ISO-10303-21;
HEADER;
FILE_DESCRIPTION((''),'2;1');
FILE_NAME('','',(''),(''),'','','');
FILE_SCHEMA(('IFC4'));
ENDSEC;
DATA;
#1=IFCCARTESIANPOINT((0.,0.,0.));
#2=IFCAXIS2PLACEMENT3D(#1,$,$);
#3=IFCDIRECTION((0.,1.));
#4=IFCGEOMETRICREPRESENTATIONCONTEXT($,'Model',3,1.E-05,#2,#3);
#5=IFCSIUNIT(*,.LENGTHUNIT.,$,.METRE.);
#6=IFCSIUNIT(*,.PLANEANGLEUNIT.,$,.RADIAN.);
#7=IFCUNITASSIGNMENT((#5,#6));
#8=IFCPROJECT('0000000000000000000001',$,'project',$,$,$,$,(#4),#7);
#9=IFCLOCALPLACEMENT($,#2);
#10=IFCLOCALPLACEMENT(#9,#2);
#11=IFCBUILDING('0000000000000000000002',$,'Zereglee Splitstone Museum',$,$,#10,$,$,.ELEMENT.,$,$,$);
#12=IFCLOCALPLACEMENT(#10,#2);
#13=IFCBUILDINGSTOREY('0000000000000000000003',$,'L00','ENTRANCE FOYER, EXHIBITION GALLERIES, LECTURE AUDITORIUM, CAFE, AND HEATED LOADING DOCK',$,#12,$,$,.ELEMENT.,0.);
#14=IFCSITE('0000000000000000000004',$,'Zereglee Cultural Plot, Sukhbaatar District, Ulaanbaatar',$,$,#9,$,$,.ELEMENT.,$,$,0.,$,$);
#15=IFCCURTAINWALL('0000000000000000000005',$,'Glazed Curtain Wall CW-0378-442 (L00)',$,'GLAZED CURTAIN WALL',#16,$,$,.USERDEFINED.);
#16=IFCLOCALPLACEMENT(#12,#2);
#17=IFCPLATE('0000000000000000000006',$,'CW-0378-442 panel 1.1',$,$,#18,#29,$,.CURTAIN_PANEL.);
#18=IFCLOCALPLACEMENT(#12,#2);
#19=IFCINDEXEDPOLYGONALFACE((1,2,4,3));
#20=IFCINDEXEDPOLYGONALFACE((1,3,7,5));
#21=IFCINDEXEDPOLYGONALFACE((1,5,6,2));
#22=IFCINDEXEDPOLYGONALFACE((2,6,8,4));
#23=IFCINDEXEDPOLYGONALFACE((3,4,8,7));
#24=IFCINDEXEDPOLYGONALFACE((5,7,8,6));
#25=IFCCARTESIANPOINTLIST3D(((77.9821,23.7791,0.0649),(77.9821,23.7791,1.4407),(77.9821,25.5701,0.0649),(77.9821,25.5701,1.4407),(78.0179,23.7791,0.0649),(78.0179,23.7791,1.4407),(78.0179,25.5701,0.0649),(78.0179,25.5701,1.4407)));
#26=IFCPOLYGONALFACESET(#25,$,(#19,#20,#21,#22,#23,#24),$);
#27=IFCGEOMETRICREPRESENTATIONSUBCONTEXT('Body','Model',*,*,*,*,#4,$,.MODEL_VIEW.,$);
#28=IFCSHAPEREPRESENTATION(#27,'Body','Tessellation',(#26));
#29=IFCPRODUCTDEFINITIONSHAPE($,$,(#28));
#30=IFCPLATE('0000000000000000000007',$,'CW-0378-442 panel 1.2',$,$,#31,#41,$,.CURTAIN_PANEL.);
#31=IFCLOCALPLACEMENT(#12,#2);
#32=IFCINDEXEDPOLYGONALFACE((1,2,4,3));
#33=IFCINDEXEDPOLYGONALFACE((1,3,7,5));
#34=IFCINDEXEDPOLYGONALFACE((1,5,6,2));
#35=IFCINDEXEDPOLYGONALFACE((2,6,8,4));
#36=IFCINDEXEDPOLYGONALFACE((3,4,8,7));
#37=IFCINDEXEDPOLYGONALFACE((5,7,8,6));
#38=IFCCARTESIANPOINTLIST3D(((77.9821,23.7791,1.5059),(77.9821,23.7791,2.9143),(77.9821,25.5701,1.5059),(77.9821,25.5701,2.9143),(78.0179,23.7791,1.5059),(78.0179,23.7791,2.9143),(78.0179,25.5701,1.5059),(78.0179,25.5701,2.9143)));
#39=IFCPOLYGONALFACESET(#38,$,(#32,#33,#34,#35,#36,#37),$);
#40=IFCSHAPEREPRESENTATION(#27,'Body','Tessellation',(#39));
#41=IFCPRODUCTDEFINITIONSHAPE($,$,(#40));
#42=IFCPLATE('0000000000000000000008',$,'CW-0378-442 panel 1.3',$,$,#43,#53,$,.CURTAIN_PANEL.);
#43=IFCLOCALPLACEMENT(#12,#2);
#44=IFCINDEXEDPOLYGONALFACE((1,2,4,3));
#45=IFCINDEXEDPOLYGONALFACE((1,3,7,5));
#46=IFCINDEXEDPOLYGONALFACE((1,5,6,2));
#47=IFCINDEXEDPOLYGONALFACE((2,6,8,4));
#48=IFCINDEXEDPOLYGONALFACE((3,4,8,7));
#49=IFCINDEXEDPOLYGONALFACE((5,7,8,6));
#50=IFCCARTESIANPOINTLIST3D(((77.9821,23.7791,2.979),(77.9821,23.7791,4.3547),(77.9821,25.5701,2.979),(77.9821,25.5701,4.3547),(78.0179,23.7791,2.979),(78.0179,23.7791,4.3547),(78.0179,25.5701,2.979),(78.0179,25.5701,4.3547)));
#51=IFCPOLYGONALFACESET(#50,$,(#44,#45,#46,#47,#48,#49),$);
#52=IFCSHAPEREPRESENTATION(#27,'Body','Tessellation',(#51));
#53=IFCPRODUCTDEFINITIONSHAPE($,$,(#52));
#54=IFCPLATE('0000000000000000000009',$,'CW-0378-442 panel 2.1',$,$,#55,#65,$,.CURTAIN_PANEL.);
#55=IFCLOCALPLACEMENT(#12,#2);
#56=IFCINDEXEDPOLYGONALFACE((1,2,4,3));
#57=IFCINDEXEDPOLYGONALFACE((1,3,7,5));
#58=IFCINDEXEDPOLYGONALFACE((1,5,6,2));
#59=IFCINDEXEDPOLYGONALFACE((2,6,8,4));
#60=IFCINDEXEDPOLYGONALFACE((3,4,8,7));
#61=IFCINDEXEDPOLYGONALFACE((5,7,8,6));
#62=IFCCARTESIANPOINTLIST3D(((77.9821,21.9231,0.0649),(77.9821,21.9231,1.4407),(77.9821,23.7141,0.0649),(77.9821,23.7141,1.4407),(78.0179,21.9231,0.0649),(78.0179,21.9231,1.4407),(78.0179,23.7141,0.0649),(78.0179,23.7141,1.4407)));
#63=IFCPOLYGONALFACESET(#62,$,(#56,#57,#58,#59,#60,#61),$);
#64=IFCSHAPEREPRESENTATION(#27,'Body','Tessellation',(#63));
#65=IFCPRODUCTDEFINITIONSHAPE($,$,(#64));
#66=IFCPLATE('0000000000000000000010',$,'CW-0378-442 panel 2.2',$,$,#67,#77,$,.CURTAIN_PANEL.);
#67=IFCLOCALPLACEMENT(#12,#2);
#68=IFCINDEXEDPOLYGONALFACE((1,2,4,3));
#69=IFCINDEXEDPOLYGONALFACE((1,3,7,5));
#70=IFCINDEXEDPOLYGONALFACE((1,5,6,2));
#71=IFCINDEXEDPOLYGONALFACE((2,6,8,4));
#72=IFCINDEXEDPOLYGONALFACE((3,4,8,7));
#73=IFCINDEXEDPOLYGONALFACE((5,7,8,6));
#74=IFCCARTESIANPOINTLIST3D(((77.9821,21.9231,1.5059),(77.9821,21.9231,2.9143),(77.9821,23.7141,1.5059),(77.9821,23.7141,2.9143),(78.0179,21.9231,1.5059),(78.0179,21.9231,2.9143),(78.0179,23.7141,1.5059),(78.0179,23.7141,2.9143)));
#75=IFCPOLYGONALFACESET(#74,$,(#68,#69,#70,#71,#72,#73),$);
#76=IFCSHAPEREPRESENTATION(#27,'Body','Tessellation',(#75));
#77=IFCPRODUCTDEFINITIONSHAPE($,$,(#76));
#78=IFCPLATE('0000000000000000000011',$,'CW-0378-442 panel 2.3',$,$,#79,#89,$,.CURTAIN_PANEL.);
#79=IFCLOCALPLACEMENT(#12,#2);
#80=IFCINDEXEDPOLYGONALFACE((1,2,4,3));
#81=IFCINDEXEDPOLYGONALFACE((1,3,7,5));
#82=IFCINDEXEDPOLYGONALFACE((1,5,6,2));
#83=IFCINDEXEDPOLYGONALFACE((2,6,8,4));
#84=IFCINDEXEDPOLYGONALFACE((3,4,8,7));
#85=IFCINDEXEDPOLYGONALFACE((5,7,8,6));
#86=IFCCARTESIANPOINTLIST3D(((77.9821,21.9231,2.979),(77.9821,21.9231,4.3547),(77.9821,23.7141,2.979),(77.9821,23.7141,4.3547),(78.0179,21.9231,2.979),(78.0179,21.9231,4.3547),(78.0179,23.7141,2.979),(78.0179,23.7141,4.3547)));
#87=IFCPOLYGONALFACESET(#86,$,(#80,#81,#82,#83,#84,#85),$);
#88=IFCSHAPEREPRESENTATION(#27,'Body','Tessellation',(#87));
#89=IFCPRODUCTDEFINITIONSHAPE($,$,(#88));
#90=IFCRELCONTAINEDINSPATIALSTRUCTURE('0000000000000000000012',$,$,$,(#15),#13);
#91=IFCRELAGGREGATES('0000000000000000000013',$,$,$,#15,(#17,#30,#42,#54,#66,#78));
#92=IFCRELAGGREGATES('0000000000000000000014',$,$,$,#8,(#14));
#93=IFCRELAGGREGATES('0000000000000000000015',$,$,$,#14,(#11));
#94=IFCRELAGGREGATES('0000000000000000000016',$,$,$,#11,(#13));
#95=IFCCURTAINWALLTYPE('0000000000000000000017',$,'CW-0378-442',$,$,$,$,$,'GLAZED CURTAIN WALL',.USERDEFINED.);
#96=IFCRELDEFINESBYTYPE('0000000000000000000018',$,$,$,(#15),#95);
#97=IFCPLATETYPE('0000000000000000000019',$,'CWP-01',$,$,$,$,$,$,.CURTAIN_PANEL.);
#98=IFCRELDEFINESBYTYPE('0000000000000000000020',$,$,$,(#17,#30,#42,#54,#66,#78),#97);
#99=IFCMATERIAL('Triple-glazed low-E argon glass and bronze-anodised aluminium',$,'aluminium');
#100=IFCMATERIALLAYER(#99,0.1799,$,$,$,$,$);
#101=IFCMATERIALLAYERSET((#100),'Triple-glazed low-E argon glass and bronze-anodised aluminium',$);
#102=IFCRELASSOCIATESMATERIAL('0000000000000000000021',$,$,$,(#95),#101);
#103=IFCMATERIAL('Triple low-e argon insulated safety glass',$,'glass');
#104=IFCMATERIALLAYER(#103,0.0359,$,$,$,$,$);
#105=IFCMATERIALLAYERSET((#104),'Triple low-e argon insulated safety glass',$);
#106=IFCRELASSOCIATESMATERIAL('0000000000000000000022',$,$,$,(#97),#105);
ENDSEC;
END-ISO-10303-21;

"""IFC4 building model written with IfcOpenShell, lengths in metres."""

from ifc_helpers import new_model, si_unit, direction, frame, origin, origin_2d, place, context, subcontext, project, spatial, rectangle, extrude, material, layer, layer_set, type_object, element, aggregate, save


model = new_model("IFC4")

# Units and contexts
model_context = context("Model", 3, precision=1e-05, world=origin(), true_north=direction((0.0, 1.0)))
body_context = subcontext(model_context, "Body", "Model", "MODEL_VIEW")
ifc_project = project(units=[si_unit("LENGTHUNIT", "METRE"), si_unit("PLANEANGLEUNIT", "RADIAN")], contexts=[model_context])

# Site, building, storey
site_placement = place(None, origin())
site = spatial("IfcSite", under=ifc_project, at=site_placement, Name="Zereglee Cultural Plot, Sukhbaatar District, Ulaanbaatar", CompositionType="ELEMENT", RefElevation=0.0)
building_placement = place(site_placement, origin())
building = spatial("IfcBuilding", under=site, at=building_placement, Name="Zereglee Splitstone Museum", CompositionType="ELEMENT")
storey_placement = place(building_placement, origin())
storey = spatial("IfcBuildingStorey", under=building, at=storey_placement, Name="L00", Description="ENTRANCE FOYER, EXHIBITION GALLERIES, LECTURE AUDITORIUM, CAFE, AND HEATED LOADING DOCK", CompositionType="ELEMENT", Elevation=0.0)

# Shared definitions
ifc_material_1 = material(Name="Triple-glazed low-E argon glass and bronze-anodised aluminium", Category="aluminium")

# Curtain wall
ifc_layer_1 = layer(ifc_material_1, 0.1799)
ifc_layer_set_1 = layer_set([ifc_layer_1], Name="Triple-glazed low-E argon glass and bronze-anodised aluminium")
curtain_wall_type_1 = type_object("IfcCurtainWallType", Name="CW-0378-442", ElementType="GLAZED CURTAIN WALL", PredefinedType="USERDEFINED", material=ifc_layer_set_1)
curtain_wall_1_placement = place(storey_placement, origin())
curtain_wall_1 = element("IfcCurtainWall", 1, at=curtain_wall_1_placement, inside=storey, type_object=curtain_wall_type_1, Name="Glazed Curtain Wall CW-0378-442 (L00)", ObjectType="GLAZED CURTAIN WALL", PredefinedType="USERDEFINED")

# Plates
ifc_material_2 = material(Name="Triple low-e argon insulated safety glass", Category="glass")
ifc_layer_2 = layer(ifc_material_2, 0.0359)
ifc_layer_set_2 = layer_set([ifc_layer_2], Name="Triple low-e argon insulated safety glass")
plate_type = type_object("IfcPlateType", Name="CWP-01", PredefinedType="CURTAIN_PANEL", material=ifc_layer_set_2)
plate_1_placement = place(storey_placement, frame((78.0, 24.6746, 0.0649), z_axis=(0.0, 0.0, 1.0), x_axis=(0.0, -1.0, 0.0)))
plate_1 = element("IfcPlate", 2, at=plate_1_placement, type_object=plate_type, Name="CW-0378-442 panel 1.1", PredefinedType="CURTAIN_PANEL", context=body_context, shape_type="SweptSolid", body=[
    extrude(rectangle(XDim=1.791, YDim=0.0359, at=origin_2d()), origin(), (0.0, 0.0, 1.0), 1.3757),
])
plate_2_placement = place(storey_placement, frame((78.0, 24.6746, 1.5059), z_axis=(0.0, 0.0, 1.0), x_axis=(0.0, -1.0, 0.0)))
plate_2 = element("IfcPlate", 3, at=plate_2_placement, type_object=plate_type, Name="CW-0378-442 panel 1.2", PredefinedType="CURTAIN_PANEL", context=body_context, shape_type="SweptSolid", body=[
    extrude(rectangle(XDim=1.791, YDim=0.0359, at=origin_2d()), origin(), (0.0, 0.0, 1.0), 1.4084),
])
plate_3_placement = place(storey_placement, frame((78.0, 24.6746, 2.979), z_axis=(0.0, 0.0, 1.0), x_axis=(0.0, -1.0, 0.0)))
plate_3 = element("IfcPlate", 4, at=plate_3_placement, type_object=plate_type, Name="CW-0378-442 panel 1.3", PredefinedType="CURTAIN_PANEL", context=body_context, shape_type="SweptSolid", body=[
    extrude(rectangle(XDim=1.791, YDim=0.0359, at=origin_2d()), origin(), (0.0, 0.0, 1.0), 1.3757),
])
plate_4_placement = place(storey_placement, frame((78.0, 22.8186, 0.0649), z_axis=(0.0, 0.0, 1.0), x_axis=(0.0, -1.0, 0.0)))
plate_4 = element("IfcPlate", 5, at=plate_4_placement, type_object=plate_type, Name="CW-0378-442 panel 2.1", PredefinedType="CURTAIN_PANEL", context=body_context, shape_type="SweptSolid", body=[
    extrude(rectangle(XDim=1.791, YDim=0.0359, at=origin_2d()), origin(), (0.0, 0.0, 1.0), 1.3757),
])
plate_5_placement = place(storey_placement, frame((78.0, 22.8186, 1.5059), z_axis=(0.0, 0.0, 1.0), x_axis=(0.0, -1.0, 0.0)))
plate_5 = element("IfcPlate", 6, at=plate_5_placement, type_object=plate_type, Name="CW-0378-442 panel 2.2", PredefinedType="CURTAIN_PANEL", context=body_context, shape_type="SweptSolid", body=[
    extrude(rectangle(XDim=1.791, YDim=0.0359, at=origin_2d()), origin(), (0.0, 0.0, 1.0), 1.4084),
])
plate_6_placement = place(storey_placement, frame((78.0, 22.8186, 2.979), z_axis=(0.0, 0.0, 1.0), x_axis=(0.0, -1.0, 0.0)))
plate_6 = element("IfcPlate", 7, at=plate_6_placement, type_object=plate_type, Name="CW-0378-442 panel 2.3", PredefinedType="CURTAIN_PANEL", context=body_context, shape_type="SweptSolid", body=[
    extrude(rectangle(XDim=1.791, YDim=0.0359, at=origin_2d()), origin(), (0.0, 0.0, 1.0), 1.3757),
])
aggregate(curtain_wall_1, [plate_1, plate_2, plate_3, plate_4, plate_5, plate_6])

save(model, "model.ifc")
